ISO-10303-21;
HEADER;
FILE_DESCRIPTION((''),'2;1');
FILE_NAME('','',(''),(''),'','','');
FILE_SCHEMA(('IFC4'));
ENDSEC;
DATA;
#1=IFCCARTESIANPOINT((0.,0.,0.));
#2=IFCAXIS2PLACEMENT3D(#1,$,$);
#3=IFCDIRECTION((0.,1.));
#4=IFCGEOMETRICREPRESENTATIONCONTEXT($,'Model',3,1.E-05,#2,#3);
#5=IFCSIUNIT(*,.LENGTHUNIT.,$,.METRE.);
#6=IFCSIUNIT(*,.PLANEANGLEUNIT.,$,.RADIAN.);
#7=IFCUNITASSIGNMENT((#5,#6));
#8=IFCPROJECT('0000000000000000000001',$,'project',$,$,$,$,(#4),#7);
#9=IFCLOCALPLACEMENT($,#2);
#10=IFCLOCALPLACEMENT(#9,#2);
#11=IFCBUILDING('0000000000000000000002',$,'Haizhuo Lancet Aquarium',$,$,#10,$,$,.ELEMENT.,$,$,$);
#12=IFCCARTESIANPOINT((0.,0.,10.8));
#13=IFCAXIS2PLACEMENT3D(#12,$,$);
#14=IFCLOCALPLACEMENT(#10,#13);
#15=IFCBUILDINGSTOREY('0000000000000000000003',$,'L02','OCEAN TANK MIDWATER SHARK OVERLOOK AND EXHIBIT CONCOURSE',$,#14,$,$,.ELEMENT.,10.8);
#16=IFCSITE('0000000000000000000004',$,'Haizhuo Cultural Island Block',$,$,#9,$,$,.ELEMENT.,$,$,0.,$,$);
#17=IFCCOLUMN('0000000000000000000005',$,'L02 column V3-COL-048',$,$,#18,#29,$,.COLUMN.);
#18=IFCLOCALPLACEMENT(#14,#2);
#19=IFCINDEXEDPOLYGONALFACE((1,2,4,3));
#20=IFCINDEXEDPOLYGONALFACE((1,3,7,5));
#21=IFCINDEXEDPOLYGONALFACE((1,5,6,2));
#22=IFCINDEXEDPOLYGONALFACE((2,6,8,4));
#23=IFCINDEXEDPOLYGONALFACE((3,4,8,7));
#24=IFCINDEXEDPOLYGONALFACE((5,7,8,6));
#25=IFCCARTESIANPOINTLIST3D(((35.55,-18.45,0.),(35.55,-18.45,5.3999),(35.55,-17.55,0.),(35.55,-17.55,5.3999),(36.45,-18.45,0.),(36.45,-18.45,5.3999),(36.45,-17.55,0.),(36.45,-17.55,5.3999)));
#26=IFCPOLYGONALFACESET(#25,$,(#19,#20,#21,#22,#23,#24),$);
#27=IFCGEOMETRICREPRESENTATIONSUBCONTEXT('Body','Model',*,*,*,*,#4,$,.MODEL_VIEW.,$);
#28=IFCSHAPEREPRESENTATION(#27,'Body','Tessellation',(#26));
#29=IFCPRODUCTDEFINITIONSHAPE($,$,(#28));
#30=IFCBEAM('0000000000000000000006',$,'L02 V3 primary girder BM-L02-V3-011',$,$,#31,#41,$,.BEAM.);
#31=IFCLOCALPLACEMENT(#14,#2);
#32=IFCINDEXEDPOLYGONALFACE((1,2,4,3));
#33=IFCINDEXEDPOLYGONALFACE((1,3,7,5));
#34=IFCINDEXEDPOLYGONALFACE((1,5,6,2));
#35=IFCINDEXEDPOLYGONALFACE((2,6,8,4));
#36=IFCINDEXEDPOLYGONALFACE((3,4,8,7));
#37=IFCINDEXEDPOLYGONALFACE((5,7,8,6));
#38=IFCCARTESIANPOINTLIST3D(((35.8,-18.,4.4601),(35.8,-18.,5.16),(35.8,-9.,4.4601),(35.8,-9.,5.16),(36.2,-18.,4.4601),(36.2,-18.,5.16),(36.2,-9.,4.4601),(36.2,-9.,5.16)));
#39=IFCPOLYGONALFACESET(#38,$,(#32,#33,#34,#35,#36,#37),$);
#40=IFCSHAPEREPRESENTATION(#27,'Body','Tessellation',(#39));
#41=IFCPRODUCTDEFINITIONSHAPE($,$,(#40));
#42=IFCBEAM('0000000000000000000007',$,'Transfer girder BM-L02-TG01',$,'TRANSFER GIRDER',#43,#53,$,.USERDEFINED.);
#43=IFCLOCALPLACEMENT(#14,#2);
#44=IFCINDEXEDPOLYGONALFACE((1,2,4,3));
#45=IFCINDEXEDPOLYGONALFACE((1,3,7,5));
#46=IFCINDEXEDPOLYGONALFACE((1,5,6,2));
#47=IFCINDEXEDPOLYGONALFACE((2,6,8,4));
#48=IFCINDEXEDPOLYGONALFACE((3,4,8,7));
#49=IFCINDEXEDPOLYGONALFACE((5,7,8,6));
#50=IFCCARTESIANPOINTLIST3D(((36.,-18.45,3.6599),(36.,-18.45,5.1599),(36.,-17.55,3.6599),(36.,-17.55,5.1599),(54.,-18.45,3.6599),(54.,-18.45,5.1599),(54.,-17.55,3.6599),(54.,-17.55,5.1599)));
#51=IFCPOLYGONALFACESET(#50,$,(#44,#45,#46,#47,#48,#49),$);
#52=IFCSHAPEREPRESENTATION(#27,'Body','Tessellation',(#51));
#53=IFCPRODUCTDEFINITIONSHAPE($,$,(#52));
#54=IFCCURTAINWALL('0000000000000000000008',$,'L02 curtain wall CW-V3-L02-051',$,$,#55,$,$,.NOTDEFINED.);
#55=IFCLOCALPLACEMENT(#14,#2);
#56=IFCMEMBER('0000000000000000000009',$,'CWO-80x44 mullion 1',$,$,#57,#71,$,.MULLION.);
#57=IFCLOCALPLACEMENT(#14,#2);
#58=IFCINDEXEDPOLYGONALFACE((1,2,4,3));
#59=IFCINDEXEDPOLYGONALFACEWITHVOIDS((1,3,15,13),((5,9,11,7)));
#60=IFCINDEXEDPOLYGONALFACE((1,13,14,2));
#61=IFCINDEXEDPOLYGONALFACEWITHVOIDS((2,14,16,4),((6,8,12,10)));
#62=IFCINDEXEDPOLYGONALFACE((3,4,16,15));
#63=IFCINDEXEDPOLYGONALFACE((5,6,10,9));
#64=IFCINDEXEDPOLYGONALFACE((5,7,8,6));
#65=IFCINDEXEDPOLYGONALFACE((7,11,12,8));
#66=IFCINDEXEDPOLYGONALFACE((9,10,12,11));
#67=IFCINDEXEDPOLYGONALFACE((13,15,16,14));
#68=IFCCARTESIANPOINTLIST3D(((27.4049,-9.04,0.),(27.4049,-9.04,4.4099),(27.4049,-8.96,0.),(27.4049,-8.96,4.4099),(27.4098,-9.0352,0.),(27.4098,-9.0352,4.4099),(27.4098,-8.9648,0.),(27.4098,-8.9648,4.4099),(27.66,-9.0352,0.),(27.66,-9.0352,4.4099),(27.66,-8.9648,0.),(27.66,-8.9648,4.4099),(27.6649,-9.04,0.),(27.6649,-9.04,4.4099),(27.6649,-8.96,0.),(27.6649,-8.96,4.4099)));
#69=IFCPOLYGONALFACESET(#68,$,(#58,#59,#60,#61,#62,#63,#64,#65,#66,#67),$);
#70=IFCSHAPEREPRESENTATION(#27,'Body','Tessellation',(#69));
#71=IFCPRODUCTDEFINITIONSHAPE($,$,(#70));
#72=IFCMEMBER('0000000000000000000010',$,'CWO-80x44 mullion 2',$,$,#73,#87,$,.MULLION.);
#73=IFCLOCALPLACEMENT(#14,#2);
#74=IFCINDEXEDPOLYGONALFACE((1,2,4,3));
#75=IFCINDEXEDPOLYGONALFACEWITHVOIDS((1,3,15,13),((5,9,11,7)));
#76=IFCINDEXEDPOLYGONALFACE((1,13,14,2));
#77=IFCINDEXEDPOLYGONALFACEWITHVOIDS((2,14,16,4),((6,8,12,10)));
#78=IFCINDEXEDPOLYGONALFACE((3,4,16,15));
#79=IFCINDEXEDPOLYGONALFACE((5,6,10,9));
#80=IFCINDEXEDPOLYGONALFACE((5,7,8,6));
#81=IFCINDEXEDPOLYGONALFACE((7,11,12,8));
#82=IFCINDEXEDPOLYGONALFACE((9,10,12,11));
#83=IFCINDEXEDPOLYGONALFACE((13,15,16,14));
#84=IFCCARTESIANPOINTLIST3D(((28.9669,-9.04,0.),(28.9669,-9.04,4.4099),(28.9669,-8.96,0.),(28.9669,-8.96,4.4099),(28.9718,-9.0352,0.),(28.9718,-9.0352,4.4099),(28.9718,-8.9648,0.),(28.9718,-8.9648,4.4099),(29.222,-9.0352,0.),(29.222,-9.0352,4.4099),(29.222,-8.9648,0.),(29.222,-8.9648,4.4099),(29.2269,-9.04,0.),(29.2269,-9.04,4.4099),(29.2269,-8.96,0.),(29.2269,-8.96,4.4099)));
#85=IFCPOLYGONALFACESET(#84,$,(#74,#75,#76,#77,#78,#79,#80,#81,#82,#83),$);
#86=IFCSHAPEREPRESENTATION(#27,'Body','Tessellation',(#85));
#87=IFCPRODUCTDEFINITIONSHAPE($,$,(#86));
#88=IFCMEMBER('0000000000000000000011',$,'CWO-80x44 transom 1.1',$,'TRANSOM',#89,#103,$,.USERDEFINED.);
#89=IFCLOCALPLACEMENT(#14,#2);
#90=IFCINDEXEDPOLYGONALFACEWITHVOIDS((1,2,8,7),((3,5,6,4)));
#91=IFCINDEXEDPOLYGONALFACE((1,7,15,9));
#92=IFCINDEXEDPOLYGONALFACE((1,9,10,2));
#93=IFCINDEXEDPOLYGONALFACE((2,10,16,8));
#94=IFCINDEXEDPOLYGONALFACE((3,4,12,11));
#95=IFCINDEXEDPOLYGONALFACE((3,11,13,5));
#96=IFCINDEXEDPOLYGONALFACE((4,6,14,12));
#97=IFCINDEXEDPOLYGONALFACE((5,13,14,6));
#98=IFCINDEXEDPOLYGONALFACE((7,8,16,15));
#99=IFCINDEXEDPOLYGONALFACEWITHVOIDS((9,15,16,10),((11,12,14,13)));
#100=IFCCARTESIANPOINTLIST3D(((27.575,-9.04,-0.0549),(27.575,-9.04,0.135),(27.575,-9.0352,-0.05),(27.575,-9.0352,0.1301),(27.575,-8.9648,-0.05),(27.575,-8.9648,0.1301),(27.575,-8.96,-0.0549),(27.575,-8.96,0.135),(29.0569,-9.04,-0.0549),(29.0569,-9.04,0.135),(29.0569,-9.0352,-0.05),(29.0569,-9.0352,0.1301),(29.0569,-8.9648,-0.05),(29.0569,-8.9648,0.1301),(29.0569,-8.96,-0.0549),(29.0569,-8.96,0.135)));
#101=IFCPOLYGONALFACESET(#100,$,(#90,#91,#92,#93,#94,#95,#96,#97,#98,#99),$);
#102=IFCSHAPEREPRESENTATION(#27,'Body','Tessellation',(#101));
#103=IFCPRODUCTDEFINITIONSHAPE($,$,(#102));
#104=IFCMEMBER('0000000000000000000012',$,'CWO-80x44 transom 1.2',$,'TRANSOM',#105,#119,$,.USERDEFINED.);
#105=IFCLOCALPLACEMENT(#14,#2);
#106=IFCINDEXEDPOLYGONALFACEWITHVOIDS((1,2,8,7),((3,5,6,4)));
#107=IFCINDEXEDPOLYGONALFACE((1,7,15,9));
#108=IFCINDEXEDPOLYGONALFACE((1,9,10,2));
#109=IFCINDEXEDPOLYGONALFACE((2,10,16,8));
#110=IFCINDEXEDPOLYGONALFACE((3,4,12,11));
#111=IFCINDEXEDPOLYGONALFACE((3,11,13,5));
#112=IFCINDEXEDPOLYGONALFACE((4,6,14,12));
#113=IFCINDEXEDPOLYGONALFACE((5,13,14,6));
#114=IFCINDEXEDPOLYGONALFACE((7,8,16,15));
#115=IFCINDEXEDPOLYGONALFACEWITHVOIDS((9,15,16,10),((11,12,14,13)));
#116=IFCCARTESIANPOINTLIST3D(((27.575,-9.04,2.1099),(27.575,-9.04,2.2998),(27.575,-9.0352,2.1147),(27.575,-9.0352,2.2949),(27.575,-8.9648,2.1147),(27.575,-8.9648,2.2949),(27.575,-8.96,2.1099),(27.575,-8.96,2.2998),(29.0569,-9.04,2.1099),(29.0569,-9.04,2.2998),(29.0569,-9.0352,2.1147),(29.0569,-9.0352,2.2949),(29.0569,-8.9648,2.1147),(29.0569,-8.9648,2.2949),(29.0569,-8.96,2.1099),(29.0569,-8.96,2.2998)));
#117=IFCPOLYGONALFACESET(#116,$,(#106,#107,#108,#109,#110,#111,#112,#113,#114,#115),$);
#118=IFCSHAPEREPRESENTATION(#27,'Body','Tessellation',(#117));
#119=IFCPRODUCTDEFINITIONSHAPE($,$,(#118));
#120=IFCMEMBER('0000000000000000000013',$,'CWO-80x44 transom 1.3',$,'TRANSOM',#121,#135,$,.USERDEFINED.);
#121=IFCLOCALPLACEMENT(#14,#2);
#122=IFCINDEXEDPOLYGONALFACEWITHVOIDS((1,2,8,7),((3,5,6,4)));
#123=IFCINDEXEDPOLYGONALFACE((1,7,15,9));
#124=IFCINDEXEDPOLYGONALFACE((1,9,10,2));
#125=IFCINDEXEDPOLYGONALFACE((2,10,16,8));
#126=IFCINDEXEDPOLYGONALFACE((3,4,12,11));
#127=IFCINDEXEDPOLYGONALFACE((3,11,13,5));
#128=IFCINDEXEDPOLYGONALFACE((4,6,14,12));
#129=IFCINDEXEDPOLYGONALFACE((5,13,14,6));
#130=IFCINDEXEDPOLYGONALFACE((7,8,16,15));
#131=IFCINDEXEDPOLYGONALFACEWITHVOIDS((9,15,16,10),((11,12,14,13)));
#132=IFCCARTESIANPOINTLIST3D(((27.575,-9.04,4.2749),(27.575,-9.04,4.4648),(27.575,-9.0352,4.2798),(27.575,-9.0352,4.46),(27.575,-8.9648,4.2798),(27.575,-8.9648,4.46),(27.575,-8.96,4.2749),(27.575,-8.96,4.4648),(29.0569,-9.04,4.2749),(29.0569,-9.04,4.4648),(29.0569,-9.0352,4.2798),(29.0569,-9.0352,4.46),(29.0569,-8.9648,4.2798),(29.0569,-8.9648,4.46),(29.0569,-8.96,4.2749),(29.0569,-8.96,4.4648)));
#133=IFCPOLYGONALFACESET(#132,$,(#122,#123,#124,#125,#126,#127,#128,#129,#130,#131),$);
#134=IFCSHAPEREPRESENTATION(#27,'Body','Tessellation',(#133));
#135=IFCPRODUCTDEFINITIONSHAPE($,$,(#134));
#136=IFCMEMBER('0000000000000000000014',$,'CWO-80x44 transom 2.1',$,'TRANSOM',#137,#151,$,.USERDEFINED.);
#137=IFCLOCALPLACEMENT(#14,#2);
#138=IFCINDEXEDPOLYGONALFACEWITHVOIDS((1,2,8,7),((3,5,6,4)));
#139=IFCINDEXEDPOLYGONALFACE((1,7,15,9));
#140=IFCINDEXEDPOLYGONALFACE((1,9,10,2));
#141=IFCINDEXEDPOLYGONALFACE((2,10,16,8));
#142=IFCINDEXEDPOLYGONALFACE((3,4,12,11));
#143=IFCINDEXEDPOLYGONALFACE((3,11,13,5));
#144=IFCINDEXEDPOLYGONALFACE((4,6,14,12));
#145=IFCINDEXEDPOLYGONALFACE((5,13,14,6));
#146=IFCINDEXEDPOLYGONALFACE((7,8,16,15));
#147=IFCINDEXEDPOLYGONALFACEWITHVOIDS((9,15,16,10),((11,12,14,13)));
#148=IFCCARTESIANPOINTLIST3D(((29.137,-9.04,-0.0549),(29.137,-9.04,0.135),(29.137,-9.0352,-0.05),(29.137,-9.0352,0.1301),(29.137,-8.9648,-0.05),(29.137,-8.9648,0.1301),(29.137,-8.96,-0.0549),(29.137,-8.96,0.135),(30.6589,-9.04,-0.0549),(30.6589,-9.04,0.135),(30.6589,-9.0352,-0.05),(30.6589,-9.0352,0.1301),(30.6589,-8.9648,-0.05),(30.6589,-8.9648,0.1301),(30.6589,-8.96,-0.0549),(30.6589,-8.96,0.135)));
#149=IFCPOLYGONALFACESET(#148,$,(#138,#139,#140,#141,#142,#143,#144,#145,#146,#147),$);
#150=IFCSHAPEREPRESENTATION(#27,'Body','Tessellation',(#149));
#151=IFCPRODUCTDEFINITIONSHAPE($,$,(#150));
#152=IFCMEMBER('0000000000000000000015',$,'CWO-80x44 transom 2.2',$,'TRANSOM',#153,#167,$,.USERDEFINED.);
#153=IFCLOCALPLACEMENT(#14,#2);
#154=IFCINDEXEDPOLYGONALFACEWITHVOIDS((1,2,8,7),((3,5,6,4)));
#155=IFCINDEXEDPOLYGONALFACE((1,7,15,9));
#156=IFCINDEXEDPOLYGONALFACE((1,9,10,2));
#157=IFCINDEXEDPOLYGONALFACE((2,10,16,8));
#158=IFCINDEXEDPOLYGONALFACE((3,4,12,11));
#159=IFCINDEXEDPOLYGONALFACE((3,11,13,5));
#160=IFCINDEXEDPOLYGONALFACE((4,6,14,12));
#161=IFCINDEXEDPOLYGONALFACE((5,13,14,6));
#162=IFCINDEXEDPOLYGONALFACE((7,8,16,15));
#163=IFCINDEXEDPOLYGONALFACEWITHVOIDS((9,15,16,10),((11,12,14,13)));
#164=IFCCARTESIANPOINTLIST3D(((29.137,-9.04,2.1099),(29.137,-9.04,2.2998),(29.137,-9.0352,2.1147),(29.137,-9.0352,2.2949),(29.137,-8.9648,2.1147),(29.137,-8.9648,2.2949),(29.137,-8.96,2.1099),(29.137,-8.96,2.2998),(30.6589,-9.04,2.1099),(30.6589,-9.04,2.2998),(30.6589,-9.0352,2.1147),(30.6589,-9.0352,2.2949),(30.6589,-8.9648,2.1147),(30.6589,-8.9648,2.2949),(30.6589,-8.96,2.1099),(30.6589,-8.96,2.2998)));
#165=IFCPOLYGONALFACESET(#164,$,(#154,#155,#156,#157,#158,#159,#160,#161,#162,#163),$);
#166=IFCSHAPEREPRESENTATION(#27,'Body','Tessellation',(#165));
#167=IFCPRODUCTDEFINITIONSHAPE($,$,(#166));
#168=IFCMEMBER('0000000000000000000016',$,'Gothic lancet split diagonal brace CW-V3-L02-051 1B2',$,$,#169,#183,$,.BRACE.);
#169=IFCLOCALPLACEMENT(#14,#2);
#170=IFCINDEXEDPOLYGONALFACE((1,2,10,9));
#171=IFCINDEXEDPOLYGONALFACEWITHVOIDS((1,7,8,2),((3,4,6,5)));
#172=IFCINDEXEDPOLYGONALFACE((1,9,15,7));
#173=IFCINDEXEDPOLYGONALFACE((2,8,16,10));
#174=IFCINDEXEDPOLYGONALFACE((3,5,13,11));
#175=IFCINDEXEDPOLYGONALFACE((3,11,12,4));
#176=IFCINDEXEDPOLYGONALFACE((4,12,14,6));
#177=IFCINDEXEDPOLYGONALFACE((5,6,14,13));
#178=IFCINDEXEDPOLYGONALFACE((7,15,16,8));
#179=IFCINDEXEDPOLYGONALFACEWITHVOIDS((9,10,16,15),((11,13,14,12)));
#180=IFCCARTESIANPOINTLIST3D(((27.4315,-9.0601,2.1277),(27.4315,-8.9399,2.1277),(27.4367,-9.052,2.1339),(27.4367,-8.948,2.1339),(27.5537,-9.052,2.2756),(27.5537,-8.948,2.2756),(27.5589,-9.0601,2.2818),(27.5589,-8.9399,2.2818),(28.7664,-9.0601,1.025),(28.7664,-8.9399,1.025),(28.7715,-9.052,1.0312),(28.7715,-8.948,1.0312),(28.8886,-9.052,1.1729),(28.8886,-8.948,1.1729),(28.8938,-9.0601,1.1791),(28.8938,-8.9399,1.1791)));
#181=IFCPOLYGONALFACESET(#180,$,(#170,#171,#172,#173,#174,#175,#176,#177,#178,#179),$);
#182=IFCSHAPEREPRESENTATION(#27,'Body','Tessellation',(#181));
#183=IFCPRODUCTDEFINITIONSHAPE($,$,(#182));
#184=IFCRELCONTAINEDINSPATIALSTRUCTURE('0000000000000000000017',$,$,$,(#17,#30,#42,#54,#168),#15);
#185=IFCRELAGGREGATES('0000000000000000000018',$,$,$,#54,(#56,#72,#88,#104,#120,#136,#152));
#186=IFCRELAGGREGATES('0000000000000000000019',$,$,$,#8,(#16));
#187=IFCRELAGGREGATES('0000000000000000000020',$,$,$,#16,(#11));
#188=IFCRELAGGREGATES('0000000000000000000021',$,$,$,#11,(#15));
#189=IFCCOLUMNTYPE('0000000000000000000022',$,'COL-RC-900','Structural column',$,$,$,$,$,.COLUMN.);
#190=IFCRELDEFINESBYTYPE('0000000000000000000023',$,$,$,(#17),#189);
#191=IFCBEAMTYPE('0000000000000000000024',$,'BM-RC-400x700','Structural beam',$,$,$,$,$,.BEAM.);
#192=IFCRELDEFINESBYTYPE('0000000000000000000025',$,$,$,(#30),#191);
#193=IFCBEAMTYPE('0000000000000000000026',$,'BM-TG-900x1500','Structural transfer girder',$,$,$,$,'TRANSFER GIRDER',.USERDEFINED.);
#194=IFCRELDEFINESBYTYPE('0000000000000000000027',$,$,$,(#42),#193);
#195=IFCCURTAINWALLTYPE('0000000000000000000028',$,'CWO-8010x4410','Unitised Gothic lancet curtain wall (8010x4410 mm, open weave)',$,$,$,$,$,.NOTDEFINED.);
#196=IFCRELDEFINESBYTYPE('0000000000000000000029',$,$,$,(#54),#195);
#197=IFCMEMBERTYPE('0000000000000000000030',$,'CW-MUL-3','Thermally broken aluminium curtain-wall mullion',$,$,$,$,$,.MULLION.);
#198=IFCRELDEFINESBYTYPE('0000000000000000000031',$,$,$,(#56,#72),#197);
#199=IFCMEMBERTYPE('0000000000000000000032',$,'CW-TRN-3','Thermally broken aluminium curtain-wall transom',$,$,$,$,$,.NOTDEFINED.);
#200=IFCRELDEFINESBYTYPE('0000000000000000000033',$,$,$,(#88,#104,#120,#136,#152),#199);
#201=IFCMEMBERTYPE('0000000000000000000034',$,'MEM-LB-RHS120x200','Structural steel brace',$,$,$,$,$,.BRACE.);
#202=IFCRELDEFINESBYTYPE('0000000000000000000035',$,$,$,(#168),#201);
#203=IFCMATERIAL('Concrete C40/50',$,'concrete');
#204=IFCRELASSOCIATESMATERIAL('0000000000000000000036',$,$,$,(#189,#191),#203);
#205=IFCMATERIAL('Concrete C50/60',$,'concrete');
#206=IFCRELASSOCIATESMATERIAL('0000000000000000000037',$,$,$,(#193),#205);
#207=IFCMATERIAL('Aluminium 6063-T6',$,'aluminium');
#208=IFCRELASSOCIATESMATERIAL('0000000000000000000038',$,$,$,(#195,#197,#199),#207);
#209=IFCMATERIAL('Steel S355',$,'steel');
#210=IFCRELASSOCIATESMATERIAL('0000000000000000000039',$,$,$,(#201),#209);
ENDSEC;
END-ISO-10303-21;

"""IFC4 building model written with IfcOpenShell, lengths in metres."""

from ifc_helpers import new_model, si_unit, direction, frame, origin, origin_2d, place, context, subcontext, project, spatial, rectangle, hollow_rectangle, extrude, material, material_profile, profile_set, type_object, element, aggregate, save


model = new_model("IFC4")

# Units and contexts
model_context = context("Model", 3, precision=1e-05, world=origin(), true_north=direction((0.0, 1.0)))
body_context = subcontext(model_context, "Body", "Model", "MODEL_VIEW")
ifc_project = project(units=[si_unit("LENGTHUNIT", "METRE"), si_unit("PLANEANGLEUNIT", "RADIAN")], contexts=[model_context])

# Site, building, storey
site_placement = place(None, origin())
site = spatial("IfcSite", under=ifc_project, at=site_placement, Name="Haizhuo Cultural Island Block", CompositionType="ELEMENT", RefElevation=0.0)
building_placement = place(site_placement, origin())
building = spatial("IfcBuilding", under=site, at=building_placement, Name="Haizhuo Lancet Aquarium", CompositionType="ELEMENT")
storey_placement = place(building_placement, frame((0.0, 0.0, 10.8)))
storey = spatial("IfcBuildingStorey", under=building, at=storey_placement, Name="L02", Description="OCEAN TANK MIDWATER SHARK OVERLOOK AND EXHIBIT CONCOURSE", CompositionType="ELEMENT", Elevation=10.8)

# Column
ifc_material_1 = material(Name="Concrete C40/50", Category="concrete")
ifc_material_profile_1 = material_profile(ifc_material_1, rectangle(XDim=0.8999, YDim=0.8999, at=origin_2d()), Name="RC-COL 900x900")
ifc_profile_set_1 = profile_set([ifc_material_profile_1], Name="Concrete C40/50")
column_type = type_object("IfcColumnType", Name="COL-RC-900", Description="Structural column", PredefinedType="COLUMN", material=ifc_profile_set_1)
column_placement = place(storey_placement, frame((36.0, -18.0, 0.0), z_axis=(0.0, 0.0, 1.0), x_axis=(1.0, 0.0, 0.0)))
element("IfcColumn", 1, at=column_placement, inside=storey, type_object=column_type, Name="L02 column V3-COL-048", PredefinedType="COLUMN", context=body_context, shape_type="SweptSolid", body=[
    extrude(rectangle(XDim=0.8999, YDim=0.8999, at=origin_2d()), origin(), (0.0, 0.0, 1.0), 5.3999),
])

# Beams
ifc_material_profile_2 = material_profile(ifc_material_1, rectangle(XDim=0.3999, YDim=0.7, at=origin_2d()), Name="RC-BM 400x700")
ifc_profile_set_2 = profile_set([ifc_material_profile_2], Name="Concrete C40/50")
beam_type_1 = type_object("IfcBeamType", Name="BM-RC-400x700", Description="Structural beam", PredefinedType="BEAM", material=ifc_profile_set_2)
beam_1_placement = place(storey_placement, frame((36.0, -18.0, 4.8101), z_axis=(0.0, 1.0, 0.0), x_axis=(-1.0, 0.0, 0.0)))
element("IfcBeam", 2, at=beam_1_placement, inside=storey, type_object=beam_type_1, Name="L02 V3 primary girder BM-L02-V3-011", PredefinedType="BEAM", context=body_context, shape_type="SweptSolid", body=[
    extrude(rectangle(XDim=0.3999, YDim=0.7, at=origin_2d()), origin(), (0.0, 0.0, 1.0), 9.0),
])
ifc_material_2 = material(Name="Concrete C50/60", Category="concrete")
ifc_material_profile_3 = material_profile(ifc_material_2, rectangle(XDim=0.8999, YDim=1.5, at=origin_2d()), Name="RC-TG 900x1500")
ifc_profile_set_3 = profile_set([ifc_material_profile_3], Name="Concrete C50/60")
beam_type_2 = type_object("IfcBeamType", Name="BM-TG-900x1500", Description="Structural transfer girder", ElementType="TRANSFER GIRDER", PredefinedType="USERDEFINED", material=ifc_profile_set_3)
beam_2_placement = place(storey_placement, frame((36.0, -18.0, 4.4099), z_axis=(1.0, 0.0, 0.0), x_axis=(0.0, 1.0, 0.0)))
element("IfcBeam", 3, at=beam_2_placement, inside=storey, type_object=beam_type_2, Name="Transfer girder BM-L02-TG01", ObjectType="TRANSFER GIRDER", PredefinedType="USERDEFINED", context=body_context, shape_type="SweptSolid", body=[
    extrude(rectangle(XDim=0.8999, YDim=1.5, at=origin_2d()), origin(), (0.0, 0.0, 1.0), 18.0),
])

# Curtain wall, members
ifc_material_3 = material(Name="Aluminium 6063-T6", Category="aluminium")
curtain_wall_type = type_object("IfcCurtainWallType", Name="CWO-8010x4410", Description="Unitised Gothic lancet curtain wall (8010x4410 mm, open weave)", PredefinedType="NOTDEFINED", material=ifc_material_3)
curtain_wall_placement = place(storey_placement, origin())
curtain_wall = element("IfcCurtainWall", 4, at=curtain_wall_placement, inside=storey, type_object=curtain_wall_type, Name="L02 curtain wall CW-V3-L02-051", PredefinedType="NOTDEFINED")
ifc_material_profile_4 = material_profile(ifc_material_3, hollow_rectangle(XDim=0.0801, YDim=0.26, WallThickness=0.0049, at=origin_2d()), Name="ALU-M 80x260x5")
ifc_profile_set_4 = profile_set([ifc_material_profile_4], Name="Aluminium 6063-T6")
member_type_1 = type_object("IfcMemberType", Name="CW-MUL-3", Description="Thermally broken aluminium curtain-wall mullion", PredefinedType="MULLION", material=ifc_profile_set_4)
member_1_placement = place(storey_placement, frame((27.5349, -9.0, 0.0), z_axis=(0.0, 0.0, 1.0), x_axis=(0.0, 1.0, 0.0)))
member_1 = element("IfcMember", 5, at=member_1_placement, type_object=member_type_1, Name="CWO-80x44 mullion 1", PredefinedType="MULLION", context=body_context, shape_type="SweptSolid", body=[
    extrude(hollow_rectangle(XDim=0.0801, YDim=0.26, WallThickness=0.0049, at=origin_2d()), origin(), (0.0, 0.0, 1.0), 4.4099),
])
member_2_placement = place(storey_placement, frame((29.0969, -9.0, 0.0), z_axis=(0.0, 0.0, 1.0), x_axis=(0.0, 1.0, 0.0)))
member_2 = element("IfcMember", 6, at=member_2_placement, type_object=member_type_1, Name="CWO-80x44 mullion 2", PredefinedType="MULLION", context=body_context, shape_type="SweptSolid", body=[
    extrude(hollow_rectangle(XDim=0.0801, YDim=0.26, WallThickness=0.0049, at=origin_2d()), origin(), (0.0, 0.0, 1.0), 4.4099),
])
ifc_material_profile_5 = material_profile(ifc_material_3, hollow_rectangle(XDim=0.0801, YDim=0.1899, WallThickness=0.0049, at=origin_2d()), Name="ALU-T 80x190x5")
ifc_profile_set_5 = profile_set([ifc_material_profile_5], Name="Aluminium 6063-T6")
member_type_2 = type_object("IfcMemberType", Name="CW-TRN-3", Description="Thermally broken aluminium curtain-wall transom", PredefinedType="NOTDEFINED", material=ifc_profile_set_5)
member_3_placement = place(storey_placement, frame((27.575, -9.0, 0.04), z_axis=(1.0, 0.0, 0.0), x_axis=(0.0, 1.0, 0.0)))
member_3 = element("IfcMember", 7, at=member_3_placement, type_object=member_type_2, Name="CWO-80x44 transom 1.1", ObjectType="TRANSOM", PredefinedType="USERDEFINED", context=body_context, shape_type="SweptSolid", body=[
    extrude(hollow_rectangle(XDim=0.0801, YDim=0.1899, WallThickness=0.0049, at=origin_2d()), origin(), (0.0, 0.0, 1.0), 1.4819),
])
member_4_placement = place(storey_placement, frame((27.575, -9.0, 2.2048), z_axis=(1.0, 0.0, 0.0), x_axis=(0.0, 1.0, 0.0)))
member_4 = element("IfcMember", 8, at=member_4_placement, type_object=member_type_2, Name="CWO-80x44 transom 1.2", ObjectType="TRANSOM", PredefinedType="USERDEFINED", context=body_context, shape_type="SweptSolid", body=[
    extrude(hollow_rectangle(XDim=0.0801, YDim=0.1899, WallThickness=0.0049, at=origin_2d()), origin(), (0.0, 0.0, 1.0), 1.4819),
])
member_5_placement = place(storey_placement, frame((27.575, -9.0, 4.3699), z_axis=(1.0, 0.0, 0.0), x_axis=(0.0, 1.0, 0.0)))
member_5 = element("IfcMember", 9, at=member_5_placement, type_object=member_type_2, Name="CWO-80x44 transom 1.3", ObjectType="TRANSOM", PredefinedType="USERDEFINED", context=body_context, shape_type="SweptSolid", body=[
    extrude(hollow_rectangle(XDim=0.0801, YDim=0.1899, WallThickness=0.0049, at=origin_2d()), origin(), (0.0, 0.0, 1.0), 1.4819),
])
member_6_placement = place(storey_placement, frame((29.137, -9.0, 0.04), z_axis=(1.0, 0.0, 0.0), x_axis=(0.0, 1.0, 0.0)))
member_6 = element("IfcMember", 10, at=member_6_placement, type_object=member_type_2, Name="CWO-80x44 transom 2.1", ObjectType="TRANSOM", PredefinedType="USERDEFINED", context=body_context, shape_type="SweptSolid", body=[
    extrude(hollow_rectangle(XDim=0.0801, YDim=0.1899, WallThickness=0.0049, at=origin_2d()), origin(), (0.0, 0.0, 1.0), 1.522),
])
member_7_placement = place(storey_placement, frame((29.137, -9.0, 2.2048), z_axis=(1.0, 0.0, 0.0), x_axis=(0.0, 1.0, 0.0)))
member_7 = element("IfcMember", 11, at=member_7_placement, type_object=member_type_2, Name="CWO-80x44 transom 2.2", ObjectType="TRANSOM", PredefinedType="USERDEFINED", context=body_context, shape_type="SweptSolid", body=[
    extrude(hollow_rectangle(XDim=0.0801, YDim=0.1899, WallThickness=0.0049, at=origin_2d()), origin(), (0.0, 0.0, 1.0), 1.522),
])

# Member
ifc_material_4 = material(Name="Steel S355", Category="steel")
ifc_material_profile_6 = material_profile(ifc_material_4, hollow_rectangle(XDim=0.1201, YDim=0.2, WallThickness=0.0081, at=origin_2d()), Name="RHS 120x200x8")
ifc_profile_set_6 = profile_set([ifc_material_profile_6], Name="Steel S355")
member_type_3 = type_object("IfcMemberType", Name="MEM-LB-RHS120x200", Description="Structural steel brace", PredefinedType="BRACE", material=ifc_profile_set_6)
member_8_placement = place(storey_placement, frame((28.8301, -9.0, 1.1021), z_axis=(-0.770965, 0.0, 0.636878), x_axis=(0.0, -1.0, 0.0)))
element("IfcMember", 12, at=member_8_placement, inside=storey, type_object=member_type_3, Name="Gothic lancet split diagonal brace CW-V3-L02-051 1B2", PredefinedType="BRACE", context=body_context, shape_type="SweptSolid", body=[
    extrude(hollow_rectangle(XDim=0.1201, YDim=0.2, WallThickness=0.0081, at=origin_2d()), origin(), (0.0, 0.0, 1.0), 1.7314),
])

aggregate(curtain_wall, [member_1, member_2, member_3, member_4, member_5, member_6, member_7])

save(model, "model.ifc")
